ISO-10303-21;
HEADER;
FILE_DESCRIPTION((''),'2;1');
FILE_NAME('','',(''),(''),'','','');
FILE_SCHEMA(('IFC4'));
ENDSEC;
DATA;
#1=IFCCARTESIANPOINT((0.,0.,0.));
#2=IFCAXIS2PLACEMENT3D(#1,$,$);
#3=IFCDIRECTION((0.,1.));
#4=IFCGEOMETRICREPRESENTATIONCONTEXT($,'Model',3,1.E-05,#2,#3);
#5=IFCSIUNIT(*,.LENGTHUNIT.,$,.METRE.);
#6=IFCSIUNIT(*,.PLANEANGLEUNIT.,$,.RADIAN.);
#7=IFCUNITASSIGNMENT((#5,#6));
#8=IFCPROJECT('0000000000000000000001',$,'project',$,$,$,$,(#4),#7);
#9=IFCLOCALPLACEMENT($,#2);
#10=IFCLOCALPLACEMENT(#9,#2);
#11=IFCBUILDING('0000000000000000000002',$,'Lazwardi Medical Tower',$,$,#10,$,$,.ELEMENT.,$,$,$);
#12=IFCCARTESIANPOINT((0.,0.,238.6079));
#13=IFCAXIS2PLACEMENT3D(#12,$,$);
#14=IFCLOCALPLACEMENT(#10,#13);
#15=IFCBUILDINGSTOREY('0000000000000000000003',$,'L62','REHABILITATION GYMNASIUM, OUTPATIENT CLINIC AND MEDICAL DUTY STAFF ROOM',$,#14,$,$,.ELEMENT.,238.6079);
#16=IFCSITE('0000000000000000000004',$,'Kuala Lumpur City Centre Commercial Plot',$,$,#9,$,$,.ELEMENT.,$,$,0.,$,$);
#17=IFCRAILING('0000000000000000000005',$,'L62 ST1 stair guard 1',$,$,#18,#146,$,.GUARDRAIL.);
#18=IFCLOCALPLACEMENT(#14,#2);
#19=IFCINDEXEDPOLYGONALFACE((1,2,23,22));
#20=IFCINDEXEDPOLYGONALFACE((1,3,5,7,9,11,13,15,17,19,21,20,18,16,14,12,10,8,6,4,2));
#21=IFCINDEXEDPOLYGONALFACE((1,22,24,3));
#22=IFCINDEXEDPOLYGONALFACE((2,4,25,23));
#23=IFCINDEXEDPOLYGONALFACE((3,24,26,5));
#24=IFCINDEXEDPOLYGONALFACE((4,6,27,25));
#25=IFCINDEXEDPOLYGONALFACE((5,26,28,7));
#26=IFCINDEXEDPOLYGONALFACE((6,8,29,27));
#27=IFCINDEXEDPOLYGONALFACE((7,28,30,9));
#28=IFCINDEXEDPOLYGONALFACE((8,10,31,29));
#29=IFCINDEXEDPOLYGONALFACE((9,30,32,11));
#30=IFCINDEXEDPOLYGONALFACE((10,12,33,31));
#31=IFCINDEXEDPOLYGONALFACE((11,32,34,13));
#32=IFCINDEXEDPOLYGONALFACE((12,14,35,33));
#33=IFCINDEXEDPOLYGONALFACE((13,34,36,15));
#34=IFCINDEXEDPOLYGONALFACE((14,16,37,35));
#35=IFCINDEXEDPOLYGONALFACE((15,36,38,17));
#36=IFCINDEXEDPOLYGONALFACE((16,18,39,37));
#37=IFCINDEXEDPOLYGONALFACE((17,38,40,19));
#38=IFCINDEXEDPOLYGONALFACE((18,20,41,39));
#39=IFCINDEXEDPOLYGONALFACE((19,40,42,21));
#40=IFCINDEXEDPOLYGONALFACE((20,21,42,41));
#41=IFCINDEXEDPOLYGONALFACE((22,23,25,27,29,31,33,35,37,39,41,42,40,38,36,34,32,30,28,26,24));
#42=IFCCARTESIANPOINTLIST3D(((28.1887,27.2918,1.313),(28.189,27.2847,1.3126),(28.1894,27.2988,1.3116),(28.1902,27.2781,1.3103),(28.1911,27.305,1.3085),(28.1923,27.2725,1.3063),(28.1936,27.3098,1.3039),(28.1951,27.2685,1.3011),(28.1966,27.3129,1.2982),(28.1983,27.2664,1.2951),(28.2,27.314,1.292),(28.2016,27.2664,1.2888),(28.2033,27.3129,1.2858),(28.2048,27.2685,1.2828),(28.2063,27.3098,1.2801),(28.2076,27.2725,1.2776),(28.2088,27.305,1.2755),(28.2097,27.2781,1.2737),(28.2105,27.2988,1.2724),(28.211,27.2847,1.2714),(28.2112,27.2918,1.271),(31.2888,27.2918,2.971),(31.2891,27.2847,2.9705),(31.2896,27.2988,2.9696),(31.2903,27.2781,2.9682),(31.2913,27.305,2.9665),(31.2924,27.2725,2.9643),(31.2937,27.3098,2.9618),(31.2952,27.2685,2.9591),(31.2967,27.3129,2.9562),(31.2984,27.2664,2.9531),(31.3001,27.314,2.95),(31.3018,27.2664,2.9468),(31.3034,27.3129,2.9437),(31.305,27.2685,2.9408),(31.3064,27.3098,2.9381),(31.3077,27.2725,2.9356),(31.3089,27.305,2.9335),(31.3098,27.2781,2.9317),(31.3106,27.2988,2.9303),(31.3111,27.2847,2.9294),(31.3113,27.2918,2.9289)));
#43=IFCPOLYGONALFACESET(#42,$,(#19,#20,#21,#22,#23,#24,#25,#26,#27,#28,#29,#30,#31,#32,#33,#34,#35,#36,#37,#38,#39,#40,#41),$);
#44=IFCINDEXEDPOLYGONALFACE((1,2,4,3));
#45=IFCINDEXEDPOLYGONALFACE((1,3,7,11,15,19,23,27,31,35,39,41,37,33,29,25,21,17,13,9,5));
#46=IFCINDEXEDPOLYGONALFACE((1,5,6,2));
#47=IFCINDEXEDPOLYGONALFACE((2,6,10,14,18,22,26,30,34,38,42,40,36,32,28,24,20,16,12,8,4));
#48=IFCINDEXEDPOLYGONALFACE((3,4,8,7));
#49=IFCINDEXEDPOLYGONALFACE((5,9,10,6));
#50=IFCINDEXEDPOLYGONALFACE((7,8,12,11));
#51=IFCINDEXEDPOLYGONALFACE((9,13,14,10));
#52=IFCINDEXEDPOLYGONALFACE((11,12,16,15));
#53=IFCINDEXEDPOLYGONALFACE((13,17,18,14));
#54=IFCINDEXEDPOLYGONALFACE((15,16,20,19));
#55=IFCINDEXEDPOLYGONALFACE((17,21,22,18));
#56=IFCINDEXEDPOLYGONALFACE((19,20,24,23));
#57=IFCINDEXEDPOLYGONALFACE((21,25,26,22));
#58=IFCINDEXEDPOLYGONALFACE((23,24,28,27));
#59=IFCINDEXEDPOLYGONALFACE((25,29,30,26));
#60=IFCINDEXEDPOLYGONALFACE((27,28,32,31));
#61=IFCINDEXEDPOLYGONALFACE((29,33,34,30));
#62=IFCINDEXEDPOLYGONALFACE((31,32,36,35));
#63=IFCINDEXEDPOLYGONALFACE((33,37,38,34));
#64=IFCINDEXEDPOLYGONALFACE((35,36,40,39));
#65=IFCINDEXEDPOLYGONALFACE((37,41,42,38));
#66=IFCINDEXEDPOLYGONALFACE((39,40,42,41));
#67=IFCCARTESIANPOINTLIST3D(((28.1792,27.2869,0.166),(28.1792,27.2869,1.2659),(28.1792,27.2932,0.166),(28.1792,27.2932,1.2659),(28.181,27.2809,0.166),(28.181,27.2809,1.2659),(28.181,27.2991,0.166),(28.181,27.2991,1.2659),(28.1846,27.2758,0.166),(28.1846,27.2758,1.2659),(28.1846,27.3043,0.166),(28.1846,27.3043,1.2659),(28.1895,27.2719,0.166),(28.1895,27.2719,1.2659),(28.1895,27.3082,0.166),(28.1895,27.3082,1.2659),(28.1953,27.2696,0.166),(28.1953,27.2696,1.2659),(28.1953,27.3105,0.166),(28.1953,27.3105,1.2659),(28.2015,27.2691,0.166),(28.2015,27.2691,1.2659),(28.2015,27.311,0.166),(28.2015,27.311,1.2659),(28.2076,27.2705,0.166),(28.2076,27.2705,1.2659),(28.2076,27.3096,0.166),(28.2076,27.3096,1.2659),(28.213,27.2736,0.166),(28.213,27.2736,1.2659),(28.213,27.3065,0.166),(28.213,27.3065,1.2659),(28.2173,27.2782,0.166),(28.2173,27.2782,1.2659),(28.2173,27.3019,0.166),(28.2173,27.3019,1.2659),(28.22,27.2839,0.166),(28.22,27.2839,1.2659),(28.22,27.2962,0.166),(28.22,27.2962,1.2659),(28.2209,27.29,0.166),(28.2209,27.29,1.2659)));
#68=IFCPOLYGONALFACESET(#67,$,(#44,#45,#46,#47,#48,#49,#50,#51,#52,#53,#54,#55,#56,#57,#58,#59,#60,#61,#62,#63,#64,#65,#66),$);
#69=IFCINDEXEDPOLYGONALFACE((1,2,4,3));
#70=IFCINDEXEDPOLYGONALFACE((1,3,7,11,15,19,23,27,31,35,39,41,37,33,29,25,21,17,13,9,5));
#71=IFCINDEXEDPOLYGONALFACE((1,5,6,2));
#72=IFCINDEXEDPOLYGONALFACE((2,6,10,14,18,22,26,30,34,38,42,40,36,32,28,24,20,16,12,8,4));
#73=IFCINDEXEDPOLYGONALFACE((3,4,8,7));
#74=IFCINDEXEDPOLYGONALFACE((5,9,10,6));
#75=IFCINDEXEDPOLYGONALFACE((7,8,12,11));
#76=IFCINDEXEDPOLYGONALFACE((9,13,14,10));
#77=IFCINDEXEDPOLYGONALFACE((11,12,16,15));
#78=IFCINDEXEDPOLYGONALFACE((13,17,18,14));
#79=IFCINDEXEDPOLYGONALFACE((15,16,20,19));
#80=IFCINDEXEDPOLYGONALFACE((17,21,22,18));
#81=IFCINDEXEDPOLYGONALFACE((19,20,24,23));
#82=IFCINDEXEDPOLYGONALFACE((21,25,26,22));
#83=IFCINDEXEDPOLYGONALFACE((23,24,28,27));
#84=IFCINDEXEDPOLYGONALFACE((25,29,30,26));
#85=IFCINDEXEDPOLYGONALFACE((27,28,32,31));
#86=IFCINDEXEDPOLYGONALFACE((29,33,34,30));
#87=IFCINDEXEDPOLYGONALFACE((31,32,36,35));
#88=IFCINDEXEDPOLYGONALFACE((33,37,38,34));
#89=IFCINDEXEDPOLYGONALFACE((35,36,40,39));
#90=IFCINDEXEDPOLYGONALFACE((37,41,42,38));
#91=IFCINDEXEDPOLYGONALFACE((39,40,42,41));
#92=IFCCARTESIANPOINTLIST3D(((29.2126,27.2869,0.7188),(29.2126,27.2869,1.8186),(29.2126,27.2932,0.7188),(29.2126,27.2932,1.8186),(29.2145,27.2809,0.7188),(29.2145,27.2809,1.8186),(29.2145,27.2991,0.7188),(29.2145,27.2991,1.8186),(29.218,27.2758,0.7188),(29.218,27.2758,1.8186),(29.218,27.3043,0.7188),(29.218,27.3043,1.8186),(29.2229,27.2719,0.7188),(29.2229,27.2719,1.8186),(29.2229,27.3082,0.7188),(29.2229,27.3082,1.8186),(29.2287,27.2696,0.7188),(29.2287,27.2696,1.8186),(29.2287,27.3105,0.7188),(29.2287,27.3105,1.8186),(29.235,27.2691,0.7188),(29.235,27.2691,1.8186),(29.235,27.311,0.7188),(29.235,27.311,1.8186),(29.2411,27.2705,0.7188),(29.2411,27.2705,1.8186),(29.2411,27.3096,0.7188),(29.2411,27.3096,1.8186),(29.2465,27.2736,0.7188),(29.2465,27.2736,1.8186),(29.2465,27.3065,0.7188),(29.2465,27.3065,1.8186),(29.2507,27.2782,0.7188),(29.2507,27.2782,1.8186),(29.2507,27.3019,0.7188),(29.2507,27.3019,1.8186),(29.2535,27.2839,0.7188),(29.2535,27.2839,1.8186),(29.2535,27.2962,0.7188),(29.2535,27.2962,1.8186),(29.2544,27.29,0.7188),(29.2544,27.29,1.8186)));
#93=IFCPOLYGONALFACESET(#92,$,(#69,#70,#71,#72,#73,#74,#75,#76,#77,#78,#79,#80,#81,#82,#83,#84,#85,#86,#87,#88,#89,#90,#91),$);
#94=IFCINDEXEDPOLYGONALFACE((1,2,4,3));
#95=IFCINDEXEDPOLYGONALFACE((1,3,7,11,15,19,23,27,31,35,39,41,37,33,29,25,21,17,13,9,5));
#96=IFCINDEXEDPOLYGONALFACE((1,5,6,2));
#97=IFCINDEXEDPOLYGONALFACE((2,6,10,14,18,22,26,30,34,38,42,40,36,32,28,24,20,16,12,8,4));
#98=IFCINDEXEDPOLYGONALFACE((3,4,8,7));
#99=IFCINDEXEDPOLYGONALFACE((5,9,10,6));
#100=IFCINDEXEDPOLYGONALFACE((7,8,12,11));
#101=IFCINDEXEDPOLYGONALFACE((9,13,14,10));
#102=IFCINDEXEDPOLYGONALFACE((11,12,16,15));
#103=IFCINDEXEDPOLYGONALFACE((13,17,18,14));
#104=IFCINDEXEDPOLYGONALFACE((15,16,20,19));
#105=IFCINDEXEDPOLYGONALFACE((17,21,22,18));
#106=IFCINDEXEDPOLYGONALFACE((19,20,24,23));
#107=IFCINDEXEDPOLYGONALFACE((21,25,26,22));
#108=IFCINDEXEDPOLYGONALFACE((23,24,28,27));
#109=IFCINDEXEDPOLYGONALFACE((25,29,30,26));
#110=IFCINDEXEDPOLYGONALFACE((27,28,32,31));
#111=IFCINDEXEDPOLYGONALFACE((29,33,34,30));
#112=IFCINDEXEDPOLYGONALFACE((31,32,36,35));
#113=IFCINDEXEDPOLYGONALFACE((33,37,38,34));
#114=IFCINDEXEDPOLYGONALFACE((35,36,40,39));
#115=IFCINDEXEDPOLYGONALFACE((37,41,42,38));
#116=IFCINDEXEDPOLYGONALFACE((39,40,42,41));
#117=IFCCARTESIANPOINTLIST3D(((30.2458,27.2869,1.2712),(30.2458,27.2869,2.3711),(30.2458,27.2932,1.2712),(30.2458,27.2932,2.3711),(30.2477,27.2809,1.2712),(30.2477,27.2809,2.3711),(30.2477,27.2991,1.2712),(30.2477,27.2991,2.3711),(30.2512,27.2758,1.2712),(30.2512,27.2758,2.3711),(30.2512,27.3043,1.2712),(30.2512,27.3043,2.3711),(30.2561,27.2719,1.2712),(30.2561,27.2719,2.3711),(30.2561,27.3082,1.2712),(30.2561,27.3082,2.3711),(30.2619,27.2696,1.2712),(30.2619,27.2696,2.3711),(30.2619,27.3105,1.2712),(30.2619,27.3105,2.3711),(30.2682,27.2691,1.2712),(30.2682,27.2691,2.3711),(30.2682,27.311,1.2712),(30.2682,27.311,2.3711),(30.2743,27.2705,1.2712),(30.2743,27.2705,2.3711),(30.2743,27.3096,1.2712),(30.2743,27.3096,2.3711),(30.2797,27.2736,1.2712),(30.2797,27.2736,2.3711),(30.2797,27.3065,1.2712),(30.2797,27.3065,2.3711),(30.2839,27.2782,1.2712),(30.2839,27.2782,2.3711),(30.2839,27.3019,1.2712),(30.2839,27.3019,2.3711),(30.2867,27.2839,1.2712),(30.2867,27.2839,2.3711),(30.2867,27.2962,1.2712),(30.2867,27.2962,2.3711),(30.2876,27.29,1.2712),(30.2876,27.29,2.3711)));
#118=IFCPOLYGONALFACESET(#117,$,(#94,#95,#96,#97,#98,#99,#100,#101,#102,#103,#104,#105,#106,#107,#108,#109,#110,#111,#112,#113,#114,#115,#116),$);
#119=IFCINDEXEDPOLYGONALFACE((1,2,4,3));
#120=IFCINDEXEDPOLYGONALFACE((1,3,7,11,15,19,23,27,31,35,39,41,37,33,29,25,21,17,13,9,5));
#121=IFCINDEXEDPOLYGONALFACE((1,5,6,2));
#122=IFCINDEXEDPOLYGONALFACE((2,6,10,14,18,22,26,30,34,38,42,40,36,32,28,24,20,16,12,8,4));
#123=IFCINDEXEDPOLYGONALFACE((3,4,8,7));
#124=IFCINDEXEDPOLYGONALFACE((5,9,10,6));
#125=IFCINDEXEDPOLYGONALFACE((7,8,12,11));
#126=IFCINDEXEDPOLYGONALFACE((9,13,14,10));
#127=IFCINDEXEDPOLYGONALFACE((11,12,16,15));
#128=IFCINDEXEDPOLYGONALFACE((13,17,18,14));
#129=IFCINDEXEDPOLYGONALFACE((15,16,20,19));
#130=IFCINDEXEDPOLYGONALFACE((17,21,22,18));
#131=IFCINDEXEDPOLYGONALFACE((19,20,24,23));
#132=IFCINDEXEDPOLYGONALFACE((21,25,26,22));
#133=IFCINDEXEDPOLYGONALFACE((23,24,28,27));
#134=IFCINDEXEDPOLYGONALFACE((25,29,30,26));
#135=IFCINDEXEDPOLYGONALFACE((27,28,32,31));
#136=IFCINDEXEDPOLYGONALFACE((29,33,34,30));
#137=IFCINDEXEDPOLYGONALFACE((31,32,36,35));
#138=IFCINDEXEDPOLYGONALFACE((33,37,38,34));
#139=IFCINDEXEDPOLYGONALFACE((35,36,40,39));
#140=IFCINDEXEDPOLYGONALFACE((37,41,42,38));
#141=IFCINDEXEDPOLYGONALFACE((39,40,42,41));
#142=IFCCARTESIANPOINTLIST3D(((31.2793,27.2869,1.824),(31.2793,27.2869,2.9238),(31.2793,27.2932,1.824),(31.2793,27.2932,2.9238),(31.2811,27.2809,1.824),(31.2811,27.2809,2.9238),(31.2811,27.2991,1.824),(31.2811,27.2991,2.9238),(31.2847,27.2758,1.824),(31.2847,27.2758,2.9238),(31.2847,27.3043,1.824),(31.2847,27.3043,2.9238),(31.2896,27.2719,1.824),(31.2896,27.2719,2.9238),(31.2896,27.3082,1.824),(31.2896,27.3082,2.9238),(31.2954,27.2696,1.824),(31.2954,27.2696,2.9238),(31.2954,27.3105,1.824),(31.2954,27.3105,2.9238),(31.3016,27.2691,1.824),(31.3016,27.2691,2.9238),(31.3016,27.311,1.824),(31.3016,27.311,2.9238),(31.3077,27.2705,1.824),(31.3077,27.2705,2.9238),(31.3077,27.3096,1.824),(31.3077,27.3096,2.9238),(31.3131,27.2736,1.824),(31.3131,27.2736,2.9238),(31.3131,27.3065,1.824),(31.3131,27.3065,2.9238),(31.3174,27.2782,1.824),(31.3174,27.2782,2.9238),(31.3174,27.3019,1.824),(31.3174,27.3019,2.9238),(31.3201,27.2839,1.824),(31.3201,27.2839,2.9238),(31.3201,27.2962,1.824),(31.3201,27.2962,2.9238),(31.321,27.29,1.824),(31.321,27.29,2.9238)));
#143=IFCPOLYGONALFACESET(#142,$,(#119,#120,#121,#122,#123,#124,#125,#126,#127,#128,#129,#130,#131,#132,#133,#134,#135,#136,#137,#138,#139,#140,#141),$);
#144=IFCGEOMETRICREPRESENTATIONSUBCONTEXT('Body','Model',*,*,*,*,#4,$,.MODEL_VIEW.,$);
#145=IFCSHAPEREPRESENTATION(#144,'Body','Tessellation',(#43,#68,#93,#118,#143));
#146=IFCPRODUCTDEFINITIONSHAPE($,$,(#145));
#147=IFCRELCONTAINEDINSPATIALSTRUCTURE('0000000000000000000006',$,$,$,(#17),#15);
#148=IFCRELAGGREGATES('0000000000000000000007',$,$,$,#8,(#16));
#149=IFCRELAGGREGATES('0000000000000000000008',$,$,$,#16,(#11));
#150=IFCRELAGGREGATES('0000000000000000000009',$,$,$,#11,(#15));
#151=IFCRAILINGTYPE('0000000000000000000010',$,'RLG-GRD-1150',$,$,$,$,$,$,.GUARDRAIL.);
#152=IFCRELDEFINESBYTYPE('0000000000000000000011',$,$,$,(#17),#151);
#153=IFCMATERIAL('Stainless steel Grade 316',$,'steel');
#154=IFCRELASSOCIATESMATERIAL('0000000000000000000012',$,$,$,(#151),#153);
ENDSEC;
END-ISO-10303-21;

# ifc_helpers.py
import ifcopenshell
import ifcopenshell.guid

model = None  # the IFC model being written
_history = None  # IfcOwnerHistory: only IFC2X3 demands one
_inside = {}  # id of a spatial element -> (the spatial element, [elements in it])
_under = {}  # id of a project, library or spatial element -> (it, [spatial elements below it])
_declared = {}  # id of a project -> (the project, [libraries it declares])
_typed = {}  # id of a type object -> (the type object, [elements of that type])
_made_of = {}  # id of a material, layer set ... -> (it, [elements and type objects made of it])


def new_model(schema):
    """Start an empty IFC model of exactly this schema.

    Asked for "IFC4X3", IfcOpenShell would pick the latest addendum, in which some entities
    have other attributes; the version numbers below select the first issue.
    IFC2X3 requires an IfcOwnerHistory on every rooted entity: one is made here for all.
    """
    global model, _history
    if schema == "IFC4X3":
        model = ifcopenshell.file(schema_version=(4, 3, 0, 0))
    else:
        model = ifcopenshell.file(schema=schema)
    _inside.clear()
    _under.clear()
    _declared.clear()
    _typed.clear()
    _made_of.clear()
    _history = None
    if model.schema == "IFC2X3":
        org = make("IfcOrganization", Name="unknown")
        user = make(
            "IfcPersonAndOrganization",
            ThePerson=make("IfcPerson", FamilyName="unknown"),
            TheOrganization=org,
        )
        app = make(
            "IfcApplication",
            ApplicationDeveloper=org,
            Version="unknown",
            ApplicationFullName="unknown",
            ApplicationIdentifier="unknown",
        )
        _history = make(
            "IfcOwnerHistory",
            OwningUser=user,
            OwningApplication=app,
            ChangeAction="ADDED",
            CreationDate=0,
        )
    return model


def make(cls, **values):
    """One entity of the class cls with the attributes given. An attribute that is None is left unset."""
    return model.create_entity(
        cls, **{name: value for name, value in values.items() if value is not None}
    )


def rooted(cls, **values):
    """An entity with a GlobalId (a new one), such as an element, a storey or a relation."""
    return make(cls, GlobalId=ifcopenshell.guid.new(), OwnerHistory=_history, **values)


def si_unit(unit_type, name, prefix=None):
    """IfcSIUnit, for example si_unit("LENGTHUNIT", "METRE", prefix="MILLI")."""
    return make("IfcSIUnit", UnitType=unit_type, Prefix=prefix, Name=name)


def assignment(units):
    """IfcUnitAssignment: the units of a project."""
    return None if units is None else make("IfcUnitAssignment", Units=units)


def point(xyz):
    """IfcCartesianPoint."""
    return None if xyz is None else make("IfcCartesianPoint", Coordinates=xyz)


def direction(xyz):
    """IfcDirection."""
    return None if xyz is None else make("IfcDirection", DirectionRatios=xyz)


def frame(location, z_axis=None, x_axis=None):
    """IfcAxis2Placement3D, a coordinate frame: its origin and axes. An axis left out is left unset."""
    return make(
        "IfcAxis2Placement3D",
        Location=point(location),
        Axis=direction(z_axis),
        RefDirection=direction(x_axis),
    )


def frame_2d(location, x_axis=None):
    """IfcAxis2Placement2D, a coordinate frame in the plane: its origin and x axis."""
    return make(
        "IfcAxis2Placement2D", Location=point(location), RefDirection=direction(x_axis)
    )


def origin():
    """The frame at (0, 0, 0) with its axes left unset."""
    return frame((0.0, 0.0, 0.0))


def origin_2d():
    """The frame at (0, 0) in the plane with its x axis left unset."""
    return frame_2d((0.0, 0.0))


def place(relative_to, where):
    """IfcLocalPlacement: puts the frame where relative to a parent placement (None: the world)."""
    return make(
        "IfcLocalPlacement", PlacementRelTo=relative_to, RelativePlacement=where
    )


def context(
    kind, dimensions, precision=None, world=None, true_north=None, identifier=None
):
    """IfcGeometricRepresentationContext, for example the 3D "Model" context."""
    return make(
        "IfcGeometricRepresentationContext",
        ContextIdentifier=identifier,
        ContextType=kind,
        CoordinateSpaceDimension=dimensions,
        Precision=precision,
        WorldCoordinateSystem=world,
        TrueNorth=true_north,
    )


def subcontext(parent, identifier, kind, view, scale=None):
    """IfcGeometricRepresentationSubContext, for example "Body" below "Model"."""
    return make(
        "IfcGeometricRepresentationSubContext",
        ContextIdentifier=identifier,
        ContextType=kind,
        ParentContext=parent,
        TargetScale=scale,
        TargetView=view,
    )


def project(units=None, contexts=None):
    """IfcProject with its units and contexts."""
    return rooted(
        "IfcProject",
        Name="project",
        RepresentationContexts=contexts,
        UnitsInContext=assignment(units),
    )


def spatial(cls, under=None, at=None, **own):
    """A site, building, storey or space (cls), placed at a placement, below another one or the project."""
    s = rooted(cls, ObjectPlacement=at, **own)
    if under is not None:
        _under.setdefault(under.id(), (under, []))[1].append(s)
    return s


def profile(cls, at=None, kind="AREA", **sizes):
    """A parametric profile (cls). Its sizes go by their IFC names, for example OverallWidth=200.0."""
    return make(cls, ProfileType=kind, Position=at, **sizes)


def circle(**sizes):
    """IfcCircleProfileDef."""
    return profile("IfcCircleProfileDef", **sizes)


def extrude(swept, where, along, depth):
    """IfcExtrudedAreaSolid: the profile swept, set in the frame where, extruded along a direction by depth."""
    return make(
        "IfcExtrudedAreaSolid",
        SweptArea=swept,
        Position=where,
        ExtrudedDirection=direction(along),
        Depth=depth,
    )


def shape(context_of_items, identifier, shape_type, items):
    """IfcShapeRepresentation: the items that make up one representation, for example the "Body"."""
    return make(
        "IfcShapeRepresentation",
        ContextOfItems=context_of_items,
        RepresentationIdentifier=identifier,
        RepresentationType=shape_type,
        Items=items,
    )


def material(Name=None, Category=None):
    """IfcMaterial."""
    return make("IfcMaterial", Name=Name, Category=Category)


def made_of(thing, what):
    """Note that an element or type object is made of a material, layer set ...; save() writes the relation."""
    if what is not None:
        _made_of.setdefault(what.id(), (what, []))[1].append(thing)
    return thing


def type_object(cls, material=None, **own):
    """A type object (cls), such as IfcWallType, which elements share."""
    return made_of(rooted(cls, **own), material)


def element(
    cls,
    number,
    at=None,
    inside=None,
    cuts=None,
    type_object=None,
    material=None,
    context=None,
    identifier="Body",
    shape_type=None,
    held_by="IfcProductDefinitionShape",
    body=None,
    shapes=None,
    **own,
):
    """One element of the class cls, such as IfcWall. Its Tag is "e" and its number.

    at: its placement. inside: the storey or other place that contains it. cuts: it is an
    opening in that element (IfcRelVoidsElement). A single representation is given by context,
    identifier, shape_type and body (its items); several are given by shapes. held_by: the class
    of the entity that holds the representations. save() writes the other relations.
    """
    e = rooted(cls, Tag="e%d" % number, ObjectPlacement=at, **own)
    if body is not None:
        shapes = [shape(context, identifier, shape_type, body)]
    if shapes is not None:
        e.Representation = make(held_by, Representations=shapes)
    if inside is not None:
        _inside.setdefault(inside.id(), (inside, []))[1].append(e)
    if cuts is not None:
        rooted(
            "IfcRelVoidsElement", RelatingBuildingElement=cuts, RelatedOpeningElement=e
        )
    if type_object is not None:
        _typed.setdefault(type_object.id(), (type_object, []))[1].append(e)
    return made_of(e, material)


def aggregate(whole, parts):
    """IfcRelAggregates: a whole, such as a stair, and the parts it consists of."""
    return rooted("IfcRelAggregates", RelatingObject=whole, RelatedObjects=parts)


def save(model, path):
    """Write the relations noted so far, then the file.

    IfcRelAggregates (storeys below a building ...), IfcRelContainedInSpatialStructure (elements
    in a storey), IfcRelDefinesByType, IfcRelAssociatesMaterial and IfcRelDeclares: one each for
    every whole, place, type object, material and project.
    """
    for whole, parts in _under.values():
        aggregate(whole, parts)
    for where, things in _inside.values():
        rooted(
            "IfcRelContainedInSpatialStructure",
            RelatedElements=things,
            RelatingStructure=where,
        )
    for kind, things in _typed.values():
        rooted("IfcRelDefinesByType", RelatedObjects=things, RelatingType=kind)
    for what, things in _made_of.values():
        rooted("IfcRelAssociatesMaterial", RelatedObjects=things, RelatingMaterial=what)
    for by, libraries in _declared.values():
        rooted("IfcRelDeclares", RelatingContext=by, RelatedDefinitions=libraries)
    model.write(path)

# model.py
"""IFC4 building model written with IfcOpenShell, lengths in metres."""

from ifc_helpers import new_model, si_unit, direction, frame, origin, origin_2d, place, context, subcontext, project, spatial, circle, extrude, material, type_object, element, save


model = new_model("IFC4")

# Units and contexts
model_context = context("Model", 3, precision=1e-05, world=origin(), true_north=direction((0.0, 1.0)))
body_context = subcontext(model_context, "Body", "Model", "MODEL_VIEW")
ifc_project = project(units=[si_unit("LENGTHUNIT", "METRE"), si_unit("PLANEANGLEUNIT", "RADIAN")], contexts=[model_context])

# Site, building, storey
site_placement = place(None, origin())
site = spatial("IfcSite", under=ifc_project, at=site_placement, Name="Kuala Lumpur City Centre Commercial Plot", CompositionType="ELEMENT", RefElevation=0.0)
building_placement = place(site_placement, origin())
building = spatial("IfcBuilding", under=site, at=building_placement, Name="Lazwardi Medical Tower", CompositionType="ELEMENT")
storey_placement = place(building_placement, frame((0.0, 0.0, 238.6079)))
storey = spatial("IfcBuildingStorey", under=building, at=storey_placement, Name="L62", Description="REHABILITATION GYMNASIUM, OUTPATIENT CLINIC AND MEDICAL DUTY STAFF ROOM", CompositionType="ELEMENT", Elevation=238.6079)

# Railing
ifc_material_1 = material(Name="Stainless steel Grade 316", Category="steel")
railing_type_1 = type_object("IfcRailingType", Name="RLG-GRD-1150", PredefinedType="GUARDRAIL", material=ifc_material_1)
railing_1_placement = place(storey_placement, frame((28.2, 27.29, 0.166)))
element("IfcRailing", 1, at=railing_1_placement, inside=storey, type_object=railing_type_1, Name="L62 ST1 stair guard 1", PredefinedType="GUARDRAIL", context=body_context, shape_type="SweptSolid", body=[
    extrude(circle(Radius=0.0239, at=origin_2d()), frame((0.0, 0.0, 1.126), z_axis=(0.881812, 0.0, 0.471601), x_axis=(0.0, 1.0, 0.0)), (0.0, 0.0, 1.0), 3.5156),
    extrude(circle(Radius=0.021, at=origin_2d()), origin(), (0.0, 0.0, 1.0), 1.0999),
    extrude(circle(Radius=0.021, at=origin_2d()), frame((1.0334, 0.0, 0.5527)), (0.0, 0.0, 1.0), 1.0999),
    extrude(circle(Radius=0.021, at=origin_2d()), frame((2.0667, 0.0, 1.1052)), (0.0, 0.0, 1.0), 1.0999),
    extrude(circle(Radius=0.021, at=origin_2d()), frame((3.1001, 0.0, 1.658)), (0.0, 0.0, 1.0), 1.0999),
])

save(model, "model.ifc")
